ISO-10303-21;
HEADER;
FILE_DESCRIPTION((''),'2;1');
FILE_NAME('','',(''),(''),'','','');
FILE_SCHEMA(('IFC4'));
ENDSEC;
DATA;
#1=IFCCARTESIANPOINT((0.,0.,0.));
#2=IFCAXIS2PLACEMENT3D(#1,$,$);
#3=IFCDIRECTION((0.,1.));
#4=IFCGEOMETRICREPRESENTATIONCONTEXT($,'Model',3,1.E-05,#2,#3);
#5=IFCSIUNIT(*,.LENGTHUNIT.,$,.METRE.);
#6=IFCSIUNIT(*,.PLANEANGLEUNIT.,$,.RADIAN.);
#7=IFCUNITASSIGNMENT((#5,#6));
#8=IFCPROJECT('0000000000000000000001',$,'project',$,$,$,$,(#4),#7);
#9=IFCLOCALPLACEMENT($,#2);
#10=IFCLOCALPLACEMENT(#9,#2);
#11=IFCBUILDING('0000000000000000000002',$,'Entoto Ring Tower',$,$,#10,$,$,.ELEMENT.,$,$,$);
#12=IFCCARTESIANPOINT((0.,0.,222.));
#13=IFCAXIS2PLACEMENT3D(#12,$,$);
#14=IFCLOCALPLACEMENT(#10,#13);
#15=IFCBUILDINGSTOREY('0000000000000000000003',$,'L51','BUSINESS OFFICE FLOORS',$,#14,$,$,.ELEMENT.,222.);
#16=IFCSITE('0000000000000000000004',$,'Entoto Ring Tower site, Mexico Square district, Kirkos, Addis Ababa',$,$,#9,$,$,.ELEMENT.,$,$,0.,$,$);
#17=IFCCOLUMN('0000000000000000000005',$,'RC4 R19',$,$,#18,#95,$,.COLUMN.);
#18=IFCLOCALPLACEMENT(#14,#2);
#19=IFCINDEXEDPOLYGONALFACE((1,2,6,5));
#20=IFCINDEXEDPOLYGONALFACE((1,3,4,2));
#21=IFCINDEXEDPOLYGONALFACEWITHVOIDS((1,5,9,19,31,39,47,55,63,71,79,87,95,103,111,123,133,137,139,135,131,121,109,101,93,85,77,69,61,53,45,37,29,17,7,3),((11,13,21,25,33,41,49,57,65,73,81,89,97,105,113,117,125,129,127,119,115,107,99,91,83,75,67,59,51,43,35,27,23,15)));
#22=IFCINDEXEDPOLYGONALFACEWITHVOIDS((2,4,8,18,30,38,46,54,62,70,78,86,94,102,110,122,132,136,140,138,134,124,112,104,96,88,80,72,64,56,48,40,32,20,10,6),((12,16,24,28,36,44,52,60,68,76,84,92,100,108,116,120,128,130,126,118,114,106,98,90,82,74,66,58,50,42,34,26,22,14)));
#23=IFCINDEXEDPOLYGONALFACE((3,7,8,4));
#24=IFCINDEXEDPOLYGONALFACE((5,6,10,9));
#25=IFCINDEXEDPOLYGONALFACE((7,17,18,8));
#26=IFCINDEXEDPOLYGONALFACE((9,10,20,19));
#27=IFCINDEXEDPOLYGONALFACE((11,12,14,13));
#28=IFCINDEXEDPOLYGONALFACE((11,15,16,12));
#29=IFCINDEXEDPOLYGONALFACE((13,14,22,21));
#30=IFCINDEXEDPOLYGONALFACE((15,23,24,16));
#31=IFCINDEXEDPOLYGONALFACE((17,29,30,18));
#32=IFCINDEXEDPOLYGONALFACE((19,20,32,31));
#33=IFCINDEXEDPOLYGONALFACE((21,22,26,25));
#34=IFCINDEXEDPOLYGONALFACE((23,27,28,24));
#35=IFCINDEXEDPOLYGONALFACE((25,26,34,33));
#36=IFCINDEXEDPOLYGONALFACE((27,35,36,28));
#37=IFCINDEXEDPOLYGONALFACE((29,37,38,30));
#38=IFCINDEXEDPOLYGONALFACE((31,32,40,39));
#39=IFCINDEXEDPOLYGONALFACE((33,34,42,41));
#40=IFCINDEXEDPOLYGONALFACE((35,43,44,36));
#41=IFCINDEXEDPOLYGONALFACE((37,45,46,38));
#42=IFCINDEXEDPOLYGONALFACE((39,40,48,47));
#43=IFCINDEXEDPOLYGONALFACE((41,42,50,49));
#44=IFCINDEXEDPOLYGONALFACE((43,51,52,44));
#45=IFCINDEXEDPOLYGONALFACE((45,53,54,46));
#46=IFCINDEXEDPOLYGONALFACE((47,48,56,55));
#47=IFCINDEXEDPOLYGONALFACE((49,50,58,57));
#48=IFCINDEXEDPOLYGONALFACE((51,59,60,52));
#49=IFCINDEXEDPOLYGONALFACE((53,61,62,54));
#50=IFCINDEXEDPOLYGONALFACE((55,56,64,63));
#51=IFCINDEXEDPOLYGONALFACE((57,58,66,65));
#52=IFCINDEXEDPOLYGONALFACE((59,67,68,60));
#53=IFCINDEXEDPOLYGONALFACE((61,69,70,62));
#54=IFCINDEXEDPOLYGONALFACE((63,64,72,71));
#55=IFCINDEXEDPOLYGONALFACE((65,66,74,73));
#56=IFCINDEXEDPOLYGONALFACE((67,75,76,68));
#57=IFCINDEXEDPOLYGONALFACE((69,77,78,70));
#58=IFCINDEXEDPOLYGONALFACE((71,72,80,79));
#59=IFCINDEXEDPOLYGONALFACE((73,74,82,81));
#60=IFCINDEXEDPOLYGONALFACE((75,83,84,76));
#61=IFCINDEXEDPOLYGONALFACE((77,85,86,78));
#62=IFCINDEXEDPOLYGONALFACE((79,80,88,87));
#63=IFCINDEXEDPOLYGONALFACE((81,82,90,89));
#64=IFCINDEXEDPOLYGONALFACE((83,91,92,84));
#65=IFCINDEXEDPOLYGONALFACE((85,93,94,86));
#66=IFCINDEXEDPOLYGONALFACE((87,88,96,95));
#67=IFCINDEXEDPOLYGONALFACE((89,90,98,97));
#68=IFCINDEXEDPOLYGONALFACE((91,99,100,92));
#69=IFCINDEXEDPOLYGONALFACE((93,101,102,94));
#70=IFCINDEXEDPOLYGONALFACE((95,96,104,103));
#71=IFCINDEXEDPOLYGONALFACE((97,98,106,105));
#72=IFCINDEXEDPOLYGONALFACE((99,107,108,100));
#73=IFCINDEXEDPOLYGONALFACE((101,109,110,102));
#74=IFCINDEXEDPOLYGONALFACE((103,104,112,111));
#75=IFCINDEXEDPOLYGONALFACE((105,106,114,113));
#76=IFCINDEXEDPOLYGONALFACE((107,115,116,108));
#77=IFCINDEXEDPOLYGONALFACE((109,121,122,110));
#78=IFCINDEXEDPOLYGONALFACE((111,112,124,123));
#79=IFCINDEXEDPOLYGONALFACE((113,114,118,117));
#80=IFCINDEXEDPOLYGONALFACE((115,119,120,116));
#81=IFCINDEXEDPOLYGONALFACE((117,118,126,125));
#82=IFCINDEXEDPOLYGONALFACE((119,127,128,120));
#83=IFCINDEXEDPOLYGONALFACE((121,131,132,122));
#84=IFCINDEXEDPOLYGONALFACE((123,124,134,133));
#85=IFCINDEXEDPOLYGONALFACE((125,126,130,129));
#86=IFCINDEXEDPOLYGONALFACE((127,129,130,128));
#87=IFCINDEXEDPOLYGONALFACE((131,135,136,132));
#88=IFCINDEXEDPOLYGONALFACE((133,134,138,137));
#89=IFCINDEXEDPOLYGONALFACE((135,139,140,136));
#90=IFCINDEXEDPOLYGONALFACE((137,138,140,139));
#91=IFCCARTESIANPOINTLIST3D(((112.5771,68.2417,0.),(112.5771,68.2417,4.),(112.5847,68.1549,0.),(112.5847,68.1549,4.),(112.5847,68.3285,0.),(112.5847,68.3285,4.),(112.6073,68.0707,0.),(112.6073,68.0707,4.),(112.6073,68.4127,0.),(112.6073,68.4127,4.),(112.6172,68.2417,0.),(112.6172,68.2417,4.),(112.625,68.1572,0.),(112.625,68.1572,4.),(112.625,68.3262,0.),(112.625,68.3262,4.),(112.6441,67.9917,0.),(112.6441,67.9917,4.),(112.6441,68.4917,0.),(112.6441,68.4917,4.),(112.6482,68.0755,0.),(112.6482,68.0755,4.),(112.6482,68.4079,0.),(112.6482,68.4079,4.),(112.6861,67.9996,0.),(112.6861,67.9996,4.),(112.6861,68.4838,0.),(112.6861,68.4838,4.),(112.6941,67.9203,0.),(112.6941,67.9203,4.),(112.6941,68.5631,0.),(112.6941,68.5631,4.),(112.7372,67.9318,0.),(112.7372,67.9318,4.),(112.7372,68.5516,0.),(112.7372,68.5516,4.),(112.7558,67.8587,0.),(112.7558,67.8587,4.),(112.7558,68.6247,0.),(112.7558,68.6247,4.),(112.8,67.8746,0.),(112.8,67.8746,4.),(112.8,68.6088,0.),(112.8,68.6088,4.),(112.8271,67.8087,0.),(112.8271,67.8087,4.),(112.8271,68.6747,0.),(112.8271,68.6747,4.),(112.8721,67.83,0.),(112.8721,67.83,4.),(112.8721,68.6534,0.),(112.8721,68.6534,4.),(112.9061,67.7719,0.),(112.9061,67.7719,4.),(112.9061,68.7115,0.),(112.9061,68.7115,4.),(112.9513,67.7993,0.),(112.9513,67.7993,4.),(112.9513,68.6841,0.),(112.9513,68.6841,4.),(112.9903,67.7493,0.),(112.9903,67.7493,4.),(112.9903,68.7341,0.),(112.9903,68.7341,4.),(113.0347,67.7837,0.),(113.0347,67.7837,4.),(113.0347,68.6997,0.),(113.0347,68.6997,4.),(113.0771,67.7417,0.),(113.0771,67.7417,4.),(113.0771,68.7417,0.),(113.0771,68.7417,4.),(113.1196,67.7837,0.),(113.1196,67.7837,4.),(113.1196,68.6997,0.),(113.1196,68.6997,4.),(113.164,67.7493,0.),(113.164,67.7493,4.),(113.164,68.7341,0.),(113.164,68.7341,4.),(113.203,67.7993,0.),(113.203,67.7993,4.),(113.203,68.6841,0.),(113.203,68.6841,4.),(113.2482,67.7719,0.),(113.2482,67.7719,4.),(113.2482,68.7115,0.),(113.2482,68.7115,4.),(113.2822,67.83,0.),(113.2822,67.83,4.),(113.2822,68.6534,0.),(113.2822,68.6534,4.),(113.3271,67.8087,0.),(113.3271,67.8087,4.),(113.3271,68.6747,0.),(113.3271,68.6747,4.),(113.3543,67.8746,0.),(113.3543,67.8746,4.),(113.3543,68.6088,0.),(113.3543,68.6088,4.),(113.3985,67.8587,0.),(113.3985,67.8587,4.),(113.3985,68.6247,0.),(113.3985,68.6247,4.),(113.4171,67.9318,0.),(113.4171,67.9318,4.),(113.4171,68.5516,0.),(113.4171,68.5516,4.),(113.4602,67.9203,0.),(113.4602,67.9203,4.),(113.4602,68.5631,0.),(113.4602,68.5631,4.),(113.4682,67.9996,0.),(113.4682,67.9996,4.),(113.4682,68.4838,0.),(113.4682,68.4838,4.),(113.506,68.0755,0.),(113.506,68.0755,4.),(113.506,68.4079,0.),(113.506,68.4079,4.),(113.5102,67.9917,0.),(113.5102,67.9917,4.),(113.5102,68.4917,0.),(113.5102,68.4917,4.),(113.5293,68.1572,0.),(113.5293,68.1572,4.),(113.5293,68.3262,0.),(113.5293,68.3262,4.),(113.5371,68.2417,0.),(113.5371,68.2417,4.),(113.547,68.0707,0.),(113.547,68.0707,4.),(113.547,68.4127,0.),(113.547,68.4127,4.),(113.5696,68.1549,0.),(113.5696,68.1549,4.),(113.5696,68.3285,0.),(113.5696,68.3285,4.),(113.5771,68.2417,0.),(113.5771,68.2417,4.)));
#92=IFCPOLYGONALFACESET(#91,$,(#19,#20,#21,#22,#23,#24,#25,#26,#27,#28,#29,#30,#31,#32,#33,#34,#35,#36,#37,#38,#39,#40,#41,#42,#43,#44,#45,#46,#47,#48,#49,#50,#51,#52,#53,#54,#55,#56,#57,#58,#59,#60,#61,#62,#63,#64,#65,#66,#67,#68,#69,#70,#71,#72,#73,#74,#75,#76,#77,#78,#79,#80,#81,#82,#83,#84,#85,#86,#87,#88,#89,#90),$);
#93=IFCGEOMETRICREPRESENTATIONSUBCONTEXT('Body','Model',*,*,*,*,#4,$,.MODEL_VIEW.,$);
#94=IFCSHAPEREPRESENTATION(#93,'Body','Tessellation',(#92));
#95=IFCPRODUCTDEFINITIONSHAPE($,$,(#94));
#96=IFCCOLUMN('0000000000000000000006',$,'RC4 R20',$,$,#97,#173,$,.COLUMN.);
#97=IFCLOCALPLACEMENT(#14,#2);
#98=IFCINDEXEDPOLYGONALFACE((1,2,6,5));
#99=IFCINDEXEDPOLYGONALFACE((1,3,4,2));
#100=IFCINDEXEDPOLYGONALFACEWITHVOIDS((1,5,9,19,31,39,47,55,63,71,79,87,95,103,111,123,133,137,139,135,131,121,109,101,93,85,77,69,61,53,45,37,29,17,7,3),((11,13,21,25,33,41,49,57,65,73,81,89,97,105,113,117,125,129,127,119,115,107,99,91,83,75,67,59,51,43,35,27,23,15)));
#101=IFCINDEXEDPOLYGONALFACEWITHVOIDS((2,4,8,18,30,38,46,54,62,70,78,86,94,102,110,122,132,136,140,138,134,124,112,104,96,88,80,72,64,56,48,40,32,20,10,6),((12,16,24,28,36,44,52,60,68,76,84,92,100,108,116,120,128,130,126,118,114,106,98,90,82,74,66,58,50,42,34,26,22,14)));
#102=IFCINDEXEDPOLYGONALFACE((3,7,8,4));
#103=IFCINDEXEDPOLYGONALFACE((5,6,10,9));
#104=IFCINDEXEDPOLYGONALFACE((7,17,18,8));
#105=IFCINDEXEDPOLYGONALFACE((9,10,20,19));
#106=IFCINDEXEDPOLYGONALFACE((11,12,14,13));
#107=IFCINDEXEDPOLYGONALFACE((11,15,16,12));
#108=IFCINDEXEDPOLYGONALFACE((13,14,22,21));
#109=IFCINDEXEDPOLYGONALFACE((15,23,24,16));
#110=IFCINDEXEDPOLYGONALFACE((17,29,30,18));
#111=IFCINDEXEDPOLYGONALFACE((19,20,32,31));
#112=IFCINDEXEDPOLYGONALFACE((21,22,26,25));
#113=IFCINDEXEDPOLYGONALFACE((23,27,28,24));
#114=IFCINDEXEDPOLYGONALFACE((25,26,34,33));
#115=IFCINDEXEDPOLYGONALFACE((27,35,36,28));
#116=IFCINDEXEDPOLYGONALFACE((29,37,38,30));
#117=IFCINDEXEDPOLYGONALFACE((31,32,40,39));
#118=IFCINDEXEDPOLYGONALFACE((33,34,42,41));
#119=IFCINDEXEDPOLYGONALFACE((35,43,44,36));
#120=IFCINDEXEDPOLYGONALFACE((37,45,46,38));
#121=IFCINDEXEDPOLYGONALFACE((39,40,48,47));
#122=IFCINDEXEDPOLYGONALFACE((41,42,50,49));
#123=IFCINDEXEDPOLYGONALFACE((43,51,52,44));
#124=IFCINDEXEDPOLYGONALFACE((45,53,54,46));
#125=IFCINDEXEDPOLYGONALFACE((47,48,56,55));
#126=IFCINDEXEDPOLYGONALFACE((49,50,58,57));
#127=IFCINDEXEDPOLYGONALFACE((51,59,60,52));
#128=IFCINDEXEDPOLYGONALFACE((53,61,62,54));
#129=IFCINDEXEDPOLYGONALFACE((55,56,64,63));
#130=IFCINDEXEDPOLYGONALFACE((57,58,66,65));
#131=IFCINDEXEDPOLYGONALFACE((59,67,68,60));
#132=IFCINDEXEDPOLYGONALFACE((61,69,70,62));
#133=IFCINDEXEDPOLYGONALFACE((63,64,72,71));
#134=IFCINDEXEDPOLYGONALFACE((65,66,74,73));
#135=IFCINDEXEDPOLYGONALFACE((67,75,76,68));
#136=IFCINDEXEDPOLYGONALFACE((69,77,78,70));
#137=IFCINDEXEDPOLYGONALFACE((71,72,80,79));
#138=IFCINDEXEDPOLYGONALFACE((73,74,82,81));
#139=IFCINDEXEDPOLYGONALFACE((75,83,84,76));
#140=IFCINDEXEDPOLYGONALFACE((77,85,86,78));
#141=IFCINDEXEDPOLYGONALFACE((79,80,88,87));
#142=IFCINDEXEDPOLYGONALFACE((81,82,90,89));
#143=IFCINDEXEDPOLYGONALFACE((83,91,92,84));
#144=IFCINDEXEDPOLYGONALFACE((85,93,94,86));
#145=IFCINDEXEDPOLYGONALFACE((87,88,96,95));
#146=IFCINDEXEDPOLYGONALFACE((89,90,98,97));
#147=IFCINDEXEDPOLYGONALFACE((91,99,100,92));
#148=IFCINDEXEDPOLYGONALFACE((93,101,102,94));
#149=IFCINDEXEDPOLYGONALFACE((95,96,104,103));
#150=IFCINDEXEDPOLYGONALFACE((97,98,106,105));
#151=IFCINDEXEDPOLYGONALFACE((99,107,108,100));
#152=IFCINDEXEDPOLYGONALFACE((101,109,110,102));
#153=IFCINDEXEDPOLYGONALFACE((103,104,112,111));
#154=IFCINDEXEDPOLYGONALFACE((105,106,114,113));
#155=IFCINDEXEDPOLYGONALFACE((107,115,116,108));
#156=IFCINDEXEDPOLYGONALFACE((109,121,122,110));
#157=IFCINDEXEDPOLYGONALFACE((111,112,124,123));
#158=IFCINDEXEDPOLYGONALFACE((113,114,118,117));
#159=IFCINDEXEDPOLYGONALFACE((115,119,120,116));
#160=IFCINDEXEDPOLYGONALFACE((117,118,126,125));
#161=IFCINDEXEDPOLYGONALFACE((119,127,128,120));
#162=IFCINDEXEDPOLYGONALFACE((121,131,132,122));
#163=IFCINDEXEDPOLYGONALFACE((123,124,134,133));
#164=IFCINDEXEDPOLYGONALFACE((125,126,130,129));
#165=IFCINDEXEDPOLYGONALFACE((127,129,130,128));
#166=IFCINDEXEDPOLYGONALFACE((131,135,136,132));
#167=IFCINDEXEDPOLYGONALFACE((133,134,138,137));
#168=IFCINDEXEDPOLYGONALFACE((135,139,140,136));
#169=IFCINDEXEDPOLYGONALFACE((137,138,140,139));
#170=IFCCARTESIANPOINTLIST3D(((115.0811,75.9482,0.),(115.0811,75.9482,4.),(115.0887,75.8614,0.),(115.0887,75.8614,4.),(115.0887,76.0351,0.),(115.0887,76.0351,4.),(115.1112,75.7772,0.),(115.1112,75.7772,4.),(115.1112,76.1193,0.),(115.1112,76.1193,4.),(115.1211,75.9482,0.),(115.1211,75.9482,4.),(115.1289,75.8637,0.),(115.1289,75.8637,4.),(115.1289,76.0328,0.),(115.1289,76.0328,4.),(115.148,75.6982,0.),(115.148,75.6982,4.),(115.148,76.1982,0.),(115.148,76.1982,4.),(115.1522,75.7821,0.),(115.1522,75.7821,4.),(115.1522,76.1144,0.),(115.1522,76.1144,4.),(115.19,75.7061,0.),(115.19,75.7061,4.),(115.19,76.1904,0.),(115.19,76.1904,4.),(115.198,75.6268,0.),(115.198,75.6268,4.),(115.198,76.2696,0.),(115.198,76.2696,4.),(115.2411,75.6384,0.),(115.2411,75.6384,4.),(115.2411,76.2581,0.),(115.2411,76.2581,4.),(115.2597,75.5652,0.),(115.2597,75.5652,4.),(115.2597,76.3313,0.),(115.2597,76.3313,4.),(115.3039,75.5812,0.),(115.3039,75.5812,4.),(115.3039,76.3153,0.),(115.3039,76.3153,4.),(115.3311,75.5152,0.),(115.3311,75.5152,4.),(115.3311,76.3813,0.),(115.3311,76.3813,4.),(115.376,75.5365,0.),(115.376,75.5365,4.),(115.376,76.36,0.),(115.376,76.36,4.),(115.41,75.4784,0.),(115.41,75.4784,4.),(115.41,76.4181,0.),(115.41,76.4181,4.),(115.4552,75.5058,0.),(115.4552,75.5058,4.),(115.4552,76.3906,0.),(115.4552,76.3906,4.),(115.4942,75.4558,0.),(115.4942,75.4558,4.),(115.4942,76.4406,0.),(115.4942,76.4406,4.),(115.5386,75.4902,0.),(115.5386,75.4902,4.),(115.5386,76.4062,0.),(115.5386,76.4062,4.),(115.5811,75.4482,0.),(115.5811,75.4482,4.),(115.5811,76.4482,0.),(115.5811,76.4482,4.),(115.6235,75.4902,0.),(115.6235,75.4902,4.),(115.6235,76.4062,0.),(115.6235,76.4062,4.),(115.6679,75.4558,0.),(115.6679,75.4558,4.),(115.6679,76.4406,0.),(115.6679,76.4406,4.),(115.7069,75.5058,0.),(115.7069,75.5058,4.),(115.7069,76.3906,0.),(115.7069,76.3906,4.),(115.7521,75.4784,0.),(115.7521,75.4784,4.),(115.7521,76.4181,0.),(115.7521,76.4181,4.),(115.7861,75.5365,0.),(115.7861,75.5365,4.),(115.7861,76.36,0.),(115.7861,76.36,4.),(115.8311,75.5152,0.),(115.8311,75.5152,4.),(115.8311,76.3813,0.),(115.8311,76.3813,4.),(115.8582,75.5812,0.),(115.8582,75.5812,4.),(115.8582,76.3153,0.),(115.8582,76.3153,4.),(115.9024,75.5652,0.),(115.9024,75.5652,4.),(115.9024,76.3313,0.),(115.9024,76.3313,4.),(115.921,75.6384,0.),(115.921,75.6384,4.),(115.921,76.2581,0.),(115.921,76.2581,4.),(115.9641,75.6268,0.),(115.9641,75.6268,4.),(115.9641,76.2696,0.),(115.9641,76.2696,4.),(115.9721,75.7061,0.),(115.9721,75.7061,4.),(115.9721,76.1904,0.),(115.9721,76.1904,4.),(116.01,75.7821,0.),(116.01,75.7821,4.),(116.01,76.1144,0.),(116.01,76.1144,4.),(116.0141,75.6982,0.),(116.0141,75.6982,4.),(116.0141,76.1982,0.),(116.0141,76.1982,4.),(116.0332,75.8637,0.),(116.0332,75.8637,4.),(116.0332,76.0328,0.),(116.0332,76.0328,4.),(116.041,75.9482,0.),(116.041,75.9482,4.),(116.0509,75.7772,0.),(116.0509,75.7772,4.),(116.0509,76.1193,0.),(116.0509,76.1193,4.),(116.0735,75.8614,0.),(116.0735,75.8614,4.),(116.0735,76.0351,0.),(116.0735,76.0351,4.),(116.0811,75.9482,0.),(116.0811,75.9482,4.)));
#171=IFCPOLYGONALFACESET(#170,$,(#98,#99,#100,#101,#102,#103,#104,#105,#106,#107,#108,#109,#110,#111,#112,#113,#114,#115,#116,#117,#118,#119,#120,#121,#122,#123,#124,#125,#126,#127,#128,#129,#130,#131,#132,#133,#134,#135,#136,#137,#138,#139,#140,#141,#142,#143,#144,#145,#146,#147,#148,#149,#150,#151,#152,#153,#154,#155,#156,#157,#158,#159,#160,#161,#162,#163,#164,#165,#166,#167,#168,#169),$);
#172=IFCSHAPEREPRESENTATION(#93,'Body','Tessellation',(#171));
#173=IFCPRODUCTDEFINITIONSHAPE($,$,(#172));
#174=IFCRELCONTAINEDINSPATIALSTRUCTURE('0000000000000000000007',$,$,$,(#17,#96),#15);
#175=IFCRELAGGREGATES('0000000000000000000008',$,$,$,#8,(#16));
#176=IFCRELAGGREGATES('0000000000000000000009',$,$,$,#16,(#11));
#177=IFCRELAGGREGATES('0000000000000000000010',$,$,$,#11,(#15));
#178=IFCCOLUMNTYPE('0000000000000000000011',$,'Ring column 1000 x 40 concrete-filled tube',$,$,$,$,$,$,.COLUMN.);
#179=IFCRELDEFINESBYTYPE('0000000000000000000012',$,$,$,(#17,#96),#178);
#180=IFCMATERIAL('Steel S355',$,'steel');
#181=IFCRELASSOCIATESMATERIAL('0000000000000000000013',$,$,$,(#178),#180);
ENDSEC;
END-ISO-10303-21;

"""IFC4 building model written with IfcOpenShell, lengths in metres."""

from ifc_helpers import new_model, si_unit, direction, frame, origin, origin_2d, place, context, subcontext, project, spatial, circle, hollow_circle, extrude, material, material_profile, profile_set, type_object, element, save


model = new_model("IFC4")

# Units and contexts
model_context = context("Model", 3, precision=1e-05, world=origin(), true_north=direction((0.0, 1.0)))
body_context = subcontext(model_context, "Body", "Model", "MODEL_VIEW")
ifc_project = project(units=[si_unit("LENGTHUNIT", "METRE"), si_unit("PLANEANGLEUNIT", "RADIAN")], contexts=[model_context])

# Site, building, storey
site_placement = place(None, origin())
site = spatial("IfcSite", under=ifc_project, at=site_placement, Name="Entoto Ring Tower site, Mexico Square district, Kirkos, Addis Ababa", CompositionType="ELEMENT", RefElevation=0.0)
building_placement = place(site_placement, origin())
building = spatial("IfcBuilding", under=site, at=building_placement, Name="Entoto Ring Tower", CompositionType="ELEMENT")
storey_placement = place(building_placement, frame((0.0, 0.0, 222.0)))
storey = spatial("IfcBuildingStorey", under=building, at=storey_placement, Name="L51", Description="BUSINESS OFFICE FLOORS", CompositionType="ELEMENT", Elevation=222.0)

# Columns
ifc_material_1 = material(Name="Steel S355", Category="steel")
ifc_material_profile_1 = material_profile(ifc_material_1, hollow_circle(Radius=0.5, WallThickness=0.04, at=origin_2d()), Name="CHS 1000 x 40")
ifc_material_2 = material(Name="Concrete C60/75", Category="concrete")
ifc_material_profile_2 = material_profile(ifc_material_2, circle(Radius=0.46, at=origin_2d()), Name="Concrete C60/75 infill")
ifc_profile_set_1 = profile_set([ifc_material_profile_1, ifc_material_profile_2], Name="Steel S355")
column_type = type_object("IfcColumnType", Name="Ring column 1000 x 40 concrete-filled tube", PredefinedType="COLUMN", material=ifc_profile_set_1)
for number, where, z_axis, x_axis, name in (
    (1, (113.0771, 68.2417, 0.0), (0.0, 0.0, 1.0), (1.0, 0.0, 0.0), "RC4 R19"),
    (2, (115.5811, 75.9482, 0.0), (0.0, 0.0, 1.0), (1.0, 0.0, 0.0), "RC4 R20"),
):
    element("IfcColumn", number, at=place(storey_placement, frame(where, z_axis=z_axis, x_axis=x_axis)), inside=storey, type_object=column_type, Name=name, PredefinedType="COLUMN", context=body_context, shape_type="SweptSolid", body=[
        extrude(hollow_circle(Radius=0.5, WallThickness=0.04, at=origin_2d()), origin(), (0.0, 0.0, 1.0), 4.0),
    ])

save(model, "model.ifc")
